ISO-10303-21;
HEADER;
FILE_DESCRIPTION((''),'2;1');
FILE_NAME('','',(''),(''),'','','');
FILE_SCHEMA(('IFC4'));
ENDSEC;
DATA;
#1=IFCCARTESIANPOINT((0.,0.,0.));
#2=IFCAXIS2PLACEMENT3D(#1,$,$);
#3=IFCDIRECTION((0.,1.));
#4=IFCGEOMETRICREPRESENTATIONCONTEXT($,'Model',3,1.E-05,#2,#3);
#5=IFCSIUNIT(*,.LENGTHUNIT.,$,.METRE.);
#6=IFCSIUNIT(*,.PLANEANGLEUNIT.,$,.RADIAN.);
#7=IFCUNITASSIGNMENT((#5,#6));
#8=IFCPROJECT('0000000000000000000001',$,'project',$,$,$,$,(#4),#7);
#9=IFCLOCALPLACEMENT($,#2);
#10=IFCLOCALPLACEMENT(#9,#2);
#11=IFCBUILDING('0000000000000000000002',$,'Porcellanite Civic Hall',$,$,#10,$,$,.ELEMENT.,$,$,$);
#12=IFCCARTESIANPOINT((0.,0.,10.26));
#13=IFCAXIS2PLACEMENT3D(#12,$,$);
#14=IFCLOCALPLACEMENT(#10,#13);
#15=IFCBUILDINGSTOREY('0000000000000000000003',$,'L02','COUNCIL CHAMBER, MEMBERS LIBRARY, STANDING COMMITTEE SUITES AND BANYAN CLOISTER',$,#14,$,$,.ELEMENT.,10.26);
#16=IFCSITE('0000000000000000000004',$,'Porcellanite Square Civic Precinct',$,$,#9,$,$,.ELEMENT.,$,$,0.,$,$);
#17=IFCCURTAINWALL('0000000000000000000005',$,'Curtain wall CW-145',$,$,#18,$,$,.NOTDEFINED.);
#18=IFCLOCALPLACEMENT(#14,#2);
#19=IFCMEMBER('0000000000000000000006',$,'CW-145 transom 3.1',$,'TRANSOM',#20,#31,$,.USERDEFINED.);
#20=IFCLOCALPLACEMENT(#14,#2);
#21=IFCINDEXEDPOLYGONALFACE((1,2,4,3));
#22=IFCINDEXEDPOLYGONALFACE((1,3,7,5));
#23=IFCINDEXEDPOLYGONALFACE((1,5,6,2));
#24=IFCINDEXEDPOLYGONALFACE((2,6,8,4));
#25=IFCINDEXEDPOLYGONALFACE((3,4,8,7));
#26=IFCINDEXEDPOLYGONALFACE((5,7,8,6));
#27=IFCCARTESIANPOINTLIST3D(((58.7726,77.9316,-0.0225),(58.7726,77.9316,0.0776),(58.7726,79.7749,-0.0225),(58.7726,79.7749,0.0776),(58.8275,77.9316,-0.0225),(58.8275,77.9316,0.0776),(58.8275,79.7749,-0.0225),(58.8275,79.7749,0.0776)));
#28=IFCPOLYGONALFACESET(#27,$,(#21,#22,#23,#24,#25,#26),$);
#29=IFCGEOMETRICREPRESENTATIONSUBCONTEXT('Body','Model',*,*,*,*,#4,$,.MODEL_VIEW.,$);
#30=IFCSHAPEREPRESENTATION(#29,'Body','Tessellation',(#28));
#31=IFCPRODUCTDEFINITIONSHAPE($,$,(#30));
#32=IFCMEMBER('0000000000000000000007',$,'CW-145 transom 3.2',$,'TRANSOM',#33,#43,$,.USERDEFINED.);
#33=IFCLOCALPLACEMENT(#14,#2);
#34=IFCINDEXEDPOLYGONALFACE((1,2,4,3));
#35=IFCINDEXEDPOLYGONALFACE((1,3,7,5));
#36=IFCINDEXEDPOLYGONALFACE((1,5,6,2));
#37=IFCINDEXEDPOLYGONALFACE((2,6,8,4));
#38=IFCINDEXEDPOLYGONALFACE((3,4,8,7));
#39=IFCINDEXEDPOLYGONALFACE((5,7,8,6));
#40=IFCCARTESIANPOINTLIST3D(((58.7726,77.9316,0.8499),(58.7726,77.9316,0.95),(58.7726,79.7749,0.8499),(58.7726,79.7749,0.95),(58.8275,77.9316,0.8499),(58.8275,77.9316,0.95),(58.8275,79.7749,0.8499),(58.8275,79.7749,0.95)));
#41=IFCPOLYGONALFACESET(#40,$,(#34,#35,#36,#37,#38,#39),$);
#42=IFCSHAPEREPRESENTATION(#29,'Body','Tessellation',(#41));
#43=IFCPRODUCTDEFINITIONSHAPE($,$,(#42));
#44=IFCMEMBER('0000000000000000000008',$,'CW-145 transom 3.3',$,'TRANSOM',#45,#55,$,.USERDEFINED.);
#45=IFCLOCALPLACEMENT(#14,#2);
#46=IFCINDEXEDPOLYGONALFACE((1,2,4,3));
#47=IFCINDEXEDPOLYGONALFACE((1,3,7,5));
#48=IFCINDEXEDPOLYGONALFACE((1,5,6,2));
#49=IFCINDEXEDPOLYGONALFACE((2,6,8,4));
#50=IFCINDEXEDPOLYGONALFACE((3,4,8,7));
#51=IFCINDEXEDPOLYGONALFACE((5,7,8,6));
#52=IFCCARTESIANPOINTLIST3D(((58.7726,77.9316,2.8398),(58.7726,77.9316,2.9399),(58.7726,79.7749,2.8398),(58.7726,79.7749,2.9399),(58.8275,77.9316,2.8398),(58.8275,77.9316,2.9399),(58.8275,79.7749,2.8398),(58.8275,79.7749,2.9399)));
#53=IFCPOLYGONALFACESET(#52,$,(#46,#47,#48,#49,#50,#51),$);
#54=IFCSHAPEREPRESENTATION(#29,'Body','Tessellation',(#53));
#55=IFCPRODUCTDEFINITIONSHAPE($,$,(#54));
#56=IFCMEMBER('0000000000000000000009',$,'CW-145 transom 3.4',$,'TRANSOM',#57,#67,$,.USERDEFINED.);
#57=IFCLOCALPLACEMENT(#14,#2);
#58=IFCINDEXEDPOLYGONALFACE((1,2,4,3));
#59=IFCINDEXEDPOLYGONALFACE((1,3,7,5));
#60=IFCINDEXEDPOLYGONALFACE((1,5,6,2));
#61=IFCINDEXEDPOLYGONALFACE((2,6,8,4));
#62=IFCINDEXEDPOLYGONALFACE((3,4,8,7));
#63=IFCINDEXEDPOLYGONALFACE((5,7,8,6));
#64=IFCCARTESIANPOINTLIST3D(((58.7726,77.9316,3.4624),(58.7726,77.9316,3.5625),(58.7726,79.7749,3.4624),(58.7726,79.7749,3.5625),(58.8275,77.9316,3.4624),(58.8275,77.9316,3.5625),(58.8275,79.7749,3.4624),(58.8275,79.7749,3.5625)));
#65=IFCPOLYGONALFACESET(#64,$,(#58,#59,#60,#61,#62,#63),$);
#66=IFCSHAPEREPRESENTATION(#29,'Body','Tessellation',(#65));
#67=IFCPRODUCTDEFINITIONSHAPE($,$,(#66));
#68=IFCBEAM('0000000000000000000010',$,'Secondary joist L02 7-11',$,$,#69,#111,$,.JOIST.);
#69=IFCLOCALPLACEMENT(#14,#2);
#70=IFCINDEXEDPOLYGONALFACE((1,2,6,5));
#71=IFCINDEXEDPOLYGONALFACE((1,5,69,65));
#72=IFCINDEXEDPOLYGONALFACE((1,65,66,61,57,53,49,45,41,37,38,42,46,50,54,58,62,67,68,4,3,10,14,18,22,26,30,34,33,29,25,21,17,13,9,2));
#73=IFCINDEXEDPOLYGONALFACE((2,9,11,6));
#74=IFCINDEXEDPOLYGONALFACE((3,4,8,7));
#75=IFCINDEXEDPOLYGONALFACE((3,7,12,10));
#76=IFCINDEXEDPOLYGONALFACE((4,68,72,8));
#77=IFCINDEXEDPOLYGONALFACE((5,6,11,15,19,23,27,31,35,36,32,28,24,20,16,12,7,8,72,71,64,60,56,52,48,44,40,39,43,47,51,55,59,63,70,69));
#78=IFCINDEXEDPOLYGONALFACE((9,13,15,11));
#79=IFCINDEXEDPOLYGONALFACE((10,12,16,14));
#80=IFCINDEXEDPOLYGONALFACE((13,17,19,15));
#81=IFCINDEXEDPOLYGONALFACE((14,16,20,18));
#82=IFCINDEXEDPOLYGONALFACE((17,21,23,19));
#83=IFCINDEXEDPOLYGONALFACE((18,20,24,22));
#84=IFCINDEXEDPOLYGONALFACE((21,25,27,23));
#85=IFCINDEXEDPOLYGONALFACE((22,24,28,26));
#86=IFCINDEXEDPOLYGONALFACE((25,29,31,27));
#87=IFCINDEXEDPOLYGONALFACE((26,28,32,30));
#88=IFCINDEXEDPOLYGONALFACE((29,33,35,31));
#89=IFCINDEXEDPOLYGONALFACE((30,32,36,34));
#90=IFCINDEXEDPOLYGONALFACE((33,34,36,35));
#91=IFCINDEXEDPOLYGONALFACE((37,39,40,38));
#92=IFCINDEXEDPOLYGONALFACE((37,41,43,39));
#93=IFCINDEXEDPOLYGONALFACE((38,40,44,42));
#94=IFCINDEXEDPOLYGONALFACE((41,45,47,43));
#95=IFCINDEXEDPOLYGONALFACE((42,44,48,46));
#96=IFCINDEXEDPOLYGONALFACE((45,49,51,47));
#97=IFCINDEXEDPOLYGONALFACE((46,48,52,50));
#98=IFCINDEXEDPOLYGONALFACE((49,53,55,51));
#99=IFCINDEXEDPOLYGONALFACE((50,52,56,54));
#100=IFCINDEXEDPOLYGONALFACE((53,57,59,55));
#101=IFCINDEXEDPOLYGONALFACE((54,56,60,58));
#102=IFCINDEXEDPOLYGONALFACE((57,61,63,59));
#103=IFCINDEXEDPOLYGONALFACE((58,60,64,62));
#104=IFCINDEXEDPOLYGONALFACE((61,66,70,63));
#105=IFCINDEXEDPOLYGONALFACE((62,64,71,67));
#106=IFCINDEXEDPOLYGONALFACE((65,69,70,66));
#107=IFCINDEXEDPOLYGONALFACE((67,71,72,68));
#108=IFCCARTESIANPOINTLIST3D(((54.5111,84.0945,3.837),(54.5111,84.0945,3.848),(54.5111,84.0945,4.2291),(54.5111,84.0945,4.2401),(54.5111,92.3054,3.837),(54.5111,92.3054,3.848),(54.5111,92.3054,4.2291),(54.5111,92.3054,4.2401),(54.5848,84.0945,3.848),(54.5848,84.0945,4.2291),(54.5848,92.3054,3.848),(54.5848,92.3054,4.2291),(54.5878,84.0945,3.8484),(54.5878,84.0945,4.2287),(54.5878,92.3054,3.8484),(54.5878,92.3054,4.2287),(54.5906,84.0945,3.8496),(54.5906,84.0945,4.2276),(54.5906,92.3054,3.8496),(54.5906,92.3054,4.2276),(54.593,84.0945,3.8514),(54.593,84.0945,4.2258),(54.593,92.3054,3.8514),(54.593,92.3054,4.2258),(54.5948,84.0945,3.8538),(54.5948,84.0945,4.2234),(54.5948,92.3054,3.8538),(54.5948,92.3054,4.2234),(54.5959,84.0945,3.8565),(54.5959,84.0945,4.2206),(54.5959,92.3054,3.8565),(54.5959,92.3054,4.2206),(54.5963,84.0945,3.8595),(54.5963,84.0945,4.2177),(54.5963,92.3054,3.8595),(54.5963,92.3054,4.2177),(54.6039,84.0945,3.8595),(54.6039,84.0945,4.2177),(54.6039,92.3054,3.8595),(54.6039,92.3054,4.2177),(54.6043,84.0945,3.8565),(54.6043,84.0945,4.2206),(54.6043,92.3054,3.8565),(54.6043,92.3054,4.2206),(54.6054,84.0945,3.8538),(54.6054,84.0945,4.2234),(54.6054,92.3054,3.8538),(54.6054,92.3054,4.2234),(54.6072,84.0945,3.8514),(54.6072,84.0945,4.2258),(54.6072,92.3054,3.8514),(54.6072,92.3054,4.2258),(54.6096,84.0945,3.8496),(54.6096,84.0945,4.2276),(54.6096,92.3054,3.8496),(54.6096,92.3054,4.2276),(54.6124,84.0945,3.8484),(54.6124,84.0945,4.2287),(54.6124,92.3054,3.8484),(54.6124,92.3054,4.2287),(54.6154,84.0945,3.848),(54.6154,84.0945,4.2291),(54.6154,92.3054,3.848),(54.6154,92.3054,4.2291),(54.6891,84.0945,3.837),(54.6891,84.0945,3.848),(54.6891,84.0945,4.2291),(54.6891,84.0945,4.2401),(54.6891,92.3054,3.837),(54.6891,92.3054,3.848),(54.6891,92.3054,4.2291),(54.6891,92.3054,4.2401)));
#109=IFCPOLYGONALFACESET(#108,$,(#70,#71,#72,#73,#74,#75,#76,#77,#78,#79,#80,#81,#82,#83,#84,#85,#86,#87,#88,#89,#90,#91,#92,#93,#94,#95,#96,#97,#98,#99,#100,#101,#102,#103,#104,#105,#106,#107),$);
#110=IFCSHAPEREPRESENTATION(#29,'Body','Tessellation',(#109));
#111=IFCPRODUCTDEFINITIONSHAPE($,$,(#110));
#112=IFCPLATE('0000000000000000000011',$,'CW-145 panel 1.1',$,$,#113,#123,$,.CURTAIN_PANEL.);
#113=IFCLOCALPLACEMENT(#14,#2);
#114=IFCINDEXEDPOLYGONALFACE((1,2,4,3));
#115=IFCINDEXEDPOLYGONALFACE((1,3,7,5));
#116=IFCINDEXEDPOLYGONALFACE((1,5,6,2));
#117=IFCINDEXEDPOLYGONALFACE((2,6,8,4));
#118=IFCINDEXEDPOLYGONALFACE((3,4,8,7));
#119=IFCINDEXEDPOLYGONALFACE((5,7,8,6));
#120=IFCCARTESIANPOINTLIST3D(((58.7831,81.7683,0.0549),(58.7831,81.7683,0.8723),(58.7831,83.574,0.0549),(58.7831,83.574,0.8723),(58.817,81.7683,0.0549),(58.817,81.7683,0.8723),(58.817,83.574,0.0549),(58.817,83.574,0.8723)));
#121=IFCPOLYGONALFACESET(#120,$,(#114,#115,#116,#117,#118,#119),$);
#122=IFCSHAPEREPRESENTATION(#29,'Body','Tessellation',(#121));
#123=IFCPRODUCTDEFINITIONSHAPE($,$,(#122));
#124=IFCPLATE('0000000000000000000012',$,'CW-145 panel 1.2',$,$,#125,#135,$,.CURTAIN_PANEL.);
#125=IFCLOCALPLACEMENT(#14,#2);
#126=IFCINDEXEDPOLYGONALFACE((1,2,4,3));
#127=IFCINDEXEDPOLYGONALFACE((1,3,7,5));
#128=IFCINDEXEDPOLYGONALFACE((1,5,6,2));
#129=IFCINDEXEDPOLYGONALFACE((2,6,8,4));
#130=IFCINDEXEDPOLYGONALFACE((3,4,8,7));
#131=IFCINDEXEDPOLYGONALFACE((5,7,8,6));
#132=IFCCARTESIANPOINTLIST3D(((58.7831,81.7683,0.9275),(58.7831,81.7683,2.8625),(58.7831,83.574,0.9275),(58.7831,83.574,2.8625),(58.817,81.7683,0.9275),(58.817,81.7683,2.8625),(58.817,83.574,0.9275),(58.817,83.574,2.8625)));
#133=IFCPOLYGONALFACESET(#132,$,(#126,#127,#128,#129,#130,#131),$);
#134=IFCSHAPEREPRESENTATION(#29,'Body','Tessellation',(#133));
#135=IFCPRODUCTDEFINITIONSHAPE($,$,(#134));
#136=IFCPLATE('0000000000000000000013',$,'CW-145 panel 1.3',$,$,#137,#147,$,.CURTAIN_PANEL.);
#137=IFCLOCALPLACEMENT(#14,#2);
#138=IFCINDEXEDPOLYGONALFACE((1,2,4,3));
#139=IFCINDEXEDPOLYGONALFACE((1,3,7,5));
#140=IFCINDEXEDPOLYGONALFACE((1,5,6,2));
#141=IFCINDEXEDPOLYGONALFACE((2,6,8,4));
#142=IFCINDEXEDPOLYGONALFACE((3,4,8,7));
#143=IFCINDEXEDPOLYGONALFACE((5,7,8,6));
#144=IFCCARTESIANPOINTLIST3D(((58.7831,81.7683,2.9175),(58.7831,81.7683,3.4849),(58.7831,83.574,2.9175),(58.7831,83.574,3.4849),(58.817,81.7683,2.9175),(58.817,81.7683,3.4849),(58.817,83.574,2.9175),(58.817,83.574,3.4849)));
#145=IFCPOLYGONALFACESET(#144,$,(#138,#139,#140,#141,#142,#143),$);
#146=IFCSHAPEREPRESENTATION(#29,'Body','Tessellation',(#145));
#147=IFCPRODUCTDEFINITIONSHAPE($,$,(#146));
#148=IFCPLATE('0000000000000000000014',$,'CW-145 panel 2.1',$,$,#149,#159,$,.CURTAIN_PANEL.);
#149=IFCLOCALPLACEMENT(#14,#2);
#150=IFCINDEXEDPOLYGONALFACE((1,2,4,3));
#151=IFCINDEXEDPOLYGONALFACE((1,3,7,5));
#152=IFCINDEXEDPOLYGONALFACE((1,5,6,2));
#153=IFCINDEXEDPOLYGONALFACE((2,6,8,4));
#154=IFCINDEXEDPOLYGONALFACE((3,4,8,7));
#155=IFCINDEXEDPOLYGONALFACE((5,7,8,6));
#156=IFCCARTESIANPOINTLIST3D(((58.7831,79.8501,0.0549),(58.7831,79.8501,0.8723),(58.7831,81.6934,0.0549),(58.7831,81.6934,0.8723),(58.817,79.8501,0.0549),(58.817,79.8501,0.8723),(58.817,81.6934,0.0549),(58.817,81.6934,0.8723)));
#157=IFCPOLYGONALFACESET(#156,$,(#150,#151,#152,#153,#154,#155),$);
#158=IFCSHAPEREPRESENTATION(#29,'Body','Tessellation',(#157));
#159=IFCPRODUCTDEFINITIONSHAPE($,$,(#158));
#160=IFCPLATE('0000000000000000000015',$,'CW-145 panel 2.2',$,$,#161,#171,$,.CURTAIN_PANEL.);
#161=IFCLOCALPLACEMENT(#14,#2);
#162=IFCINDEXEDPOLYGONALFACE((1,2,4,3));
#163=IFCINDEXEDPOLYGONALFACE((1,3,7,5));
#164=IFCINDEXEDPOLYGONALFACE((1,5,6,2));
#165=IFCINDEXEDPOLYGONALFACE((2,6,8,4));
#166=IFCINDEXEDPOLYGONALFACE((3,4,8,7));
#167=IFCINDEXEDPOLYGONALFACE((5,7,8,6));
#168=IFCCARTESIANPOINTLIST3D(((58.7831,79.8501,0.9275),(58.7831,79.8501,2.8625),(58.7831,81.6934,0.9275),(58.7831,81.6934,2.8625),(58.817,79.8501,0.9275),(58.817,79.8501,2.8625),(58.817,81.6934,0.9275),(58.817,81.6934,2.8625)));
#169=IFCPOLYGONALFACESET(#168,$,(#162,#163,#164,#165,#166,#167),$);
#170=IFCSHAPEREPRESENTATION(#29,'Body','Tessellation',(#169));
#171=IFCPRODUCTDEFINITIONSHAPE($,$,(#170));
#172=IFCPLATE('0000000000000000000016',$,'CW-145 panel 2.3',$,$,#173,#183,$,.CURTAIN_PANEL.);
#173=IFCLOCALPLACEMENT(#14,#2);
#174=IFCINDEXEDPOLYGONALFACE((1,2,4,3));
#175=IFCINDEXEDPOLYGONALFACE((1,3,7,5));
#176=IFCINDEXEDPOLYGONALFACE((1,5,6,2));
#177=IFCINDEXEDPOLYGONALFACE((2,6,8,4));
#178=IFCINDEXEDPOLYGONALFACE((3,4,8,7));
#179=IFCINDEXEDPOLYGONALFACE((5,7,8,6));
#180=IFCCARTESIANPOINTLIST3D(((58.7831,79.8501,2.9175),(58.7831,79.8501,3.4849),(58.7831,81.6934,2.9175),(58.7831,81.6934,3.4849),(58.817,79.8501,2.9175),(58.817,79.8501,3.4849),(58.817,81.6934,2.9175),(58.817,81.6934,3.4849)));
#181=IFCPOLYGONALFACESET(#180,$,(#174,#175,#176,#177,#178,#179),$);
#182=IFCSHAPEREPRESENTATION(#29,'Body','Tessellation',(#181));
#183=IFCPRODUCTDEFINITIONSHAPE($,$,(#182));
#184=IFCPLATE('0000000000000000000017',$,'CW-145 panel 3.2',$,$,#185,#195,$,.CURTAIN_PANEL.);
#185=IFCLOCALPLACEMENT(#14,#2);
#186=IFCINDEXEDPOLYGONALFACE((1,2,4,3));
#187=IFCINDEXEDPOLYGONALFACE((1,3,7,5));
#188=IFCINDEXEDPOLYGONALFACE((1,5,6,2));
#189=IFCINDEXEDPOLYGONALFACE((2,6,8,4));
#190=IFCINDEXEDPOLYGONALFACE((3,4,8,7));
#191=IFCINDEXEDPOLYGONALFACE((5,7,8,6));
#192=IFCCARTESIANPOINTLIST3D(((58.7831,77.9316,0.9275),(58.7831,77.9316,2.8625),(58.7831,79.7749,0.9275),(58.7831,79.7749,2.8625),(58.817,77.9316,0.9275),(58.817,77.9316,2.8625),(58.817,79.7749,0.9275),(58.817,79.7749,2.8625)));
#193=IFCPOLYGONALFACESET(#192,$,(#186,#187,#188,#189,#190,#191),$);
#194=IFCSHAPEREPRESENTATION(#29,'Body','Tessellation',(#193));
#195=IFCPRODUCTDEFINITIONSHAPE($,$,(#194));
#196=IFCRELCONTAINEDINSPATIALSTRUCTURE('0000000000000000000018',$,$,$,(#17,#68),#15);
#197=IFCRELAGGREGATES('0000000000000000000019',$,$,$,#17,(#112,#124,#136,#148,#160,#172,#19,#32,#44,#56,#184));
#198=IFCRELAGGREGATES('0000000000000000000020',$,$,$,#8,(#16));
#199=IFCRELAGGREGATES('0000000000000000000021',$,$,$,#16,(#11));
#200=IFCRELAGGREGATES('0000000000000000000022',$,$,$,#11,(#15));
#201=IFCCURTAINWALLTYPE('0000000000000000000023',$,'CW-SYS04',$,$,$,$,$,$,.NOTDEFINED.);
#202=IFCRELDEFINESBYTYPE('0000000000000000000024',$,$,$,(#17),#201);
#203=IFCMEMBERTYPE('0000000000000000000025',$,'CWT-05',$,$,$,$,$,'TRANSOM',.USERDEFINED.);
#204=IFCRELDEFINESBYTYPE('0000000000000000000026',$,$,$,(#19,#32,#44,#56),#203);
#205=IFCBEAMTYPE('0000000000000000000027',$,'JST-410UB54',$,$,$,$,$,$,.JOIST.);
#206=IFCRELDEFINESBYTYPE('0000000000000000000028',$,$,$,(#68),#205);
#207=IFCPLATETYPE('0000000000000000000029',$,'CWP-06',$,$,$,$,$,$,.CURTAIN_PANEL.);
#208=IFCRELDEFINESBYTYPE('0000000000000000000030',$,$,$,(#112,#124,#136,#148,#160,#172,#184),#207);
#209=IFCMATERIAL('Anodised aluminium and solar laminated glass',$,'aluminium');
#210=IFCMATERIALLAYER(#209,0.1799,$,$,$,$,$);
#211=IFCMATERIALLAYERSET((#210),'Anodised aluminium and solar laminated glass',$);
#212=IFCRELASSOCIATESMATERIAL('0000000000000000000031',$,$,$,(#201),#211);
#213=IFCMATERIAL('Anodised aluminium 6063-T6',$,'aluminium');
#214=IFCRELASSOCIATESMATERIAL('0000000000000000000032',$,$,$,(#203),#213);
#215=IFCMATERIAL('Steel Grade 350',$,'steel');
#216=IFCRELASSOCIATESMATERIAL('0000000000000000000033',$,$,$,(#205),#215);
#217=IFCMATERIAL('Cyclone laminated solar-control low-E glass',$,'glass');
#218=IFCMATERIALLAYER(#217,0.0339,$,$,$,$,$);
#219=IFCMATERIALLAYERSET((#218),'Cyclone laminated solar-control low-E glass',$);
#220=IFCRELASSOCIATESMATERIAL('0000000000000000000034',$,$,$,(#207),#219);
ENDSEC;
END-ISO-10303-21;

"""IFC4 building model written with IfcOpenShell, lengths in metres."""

from ifc_helpers import new_model, si_unit, direction, frame, origin, origin_2d, place, context, subcontext, project, spatial, rectangle, i_section, extrude, material, layer, layer_set, material_profile, profile_set, type_object, element, aggregate, save


model = new_model("IFC4")

# Units and contexts
model_context = context("Model", 3, precision=1e-05, world=origin(), true_north=direction((0.0, 1.0)))
body_context = subcontext(model_context, "Body", "Model", "MODEL_VIEW")
ifc_project = project(units=[si_unit("LENGTHUNIT", "METRE"), si_unit("PLANEANGLEUNIT", "RADIAN")], contexts=[model_context])

# Site, building, storey
site_placement = place(None, origin())
site = spatial("IfcSite", under=ifc_project, at=site_placement, Name="Porcellanite Square Civic Precinct", CompositionType="ELEMENT", RefElevation=0.0)
building_placement = place(site_placement, origin())
building = spatial("IfcBuilding", under=site, at=building_placement, Name="Porcellanite Civic Hall", CompositionType="ELEMENT")
storey_placement = place(building_placement, frame((0.0, 0.0, 10.26)))
storey = spatial("IfcBuildingStorey", under=building, at=storey_placement, Name="L02", Description="COUNCIL CHAMBER, MEMBERS LIBRARY, STANDING COMMITTEE SUITES AND BANYAN CLOISTER", CompositionType="ELEMENT", Elevation=10.26)

# Curtain wall
ifc_material_1 = material(Name="Anodised aluminium and solar laminated glass", Category="aluminium")
ifc_layer_1 = layer(ifc_material_1, 0.1799)
ifc_layer_set_1 = layer_set([ifc_layer_1], Name="Anodised aluminium and solar laminated glass")
curtain_wall_type_1 = type_object("IfcCurtainWallType", Name="CW-SYS04", PredefinedType="NOTDEFINED", material=ifc_layer_set_1)
curtain_wall_1_placement = place(storey_placement, origin())
curtain_wall_1 = element("IfcCurtainWall", 1, at=curtain_wall_1_placement, inside=storey, type_object=curtain_wall_type_1, Name="Curtain wall CW-145", PredefinedType="NOTDEFINED")

# Members
ifc_material_2 = material(Name="Anodised aluminium 6063-T6", Category="aluminium")
ifc_material_profile_1 = material_profile(ifc_material_2, rectangle(XDim=0.0549, YDim=0.1001, at=origin_2d()), Name="AL-55x100")
ifc_profile_set_1 = profile_set([ifc_material_profile_1], Name="Anodised aluminium 6063-T6")
member_type_1 = type_object("IfcMemberType", Name="CWT-05", ElementType="TRANSOM", PredefinedType="USERDEFINED", material=ifc_profile_set_1)
member_1_placement = place(storey_placement, frame((58.8, 79.7749, 0.0276), z_axis=(0.0, -1.0, 0.0), x_axis=(1.0, 0.0, 0.0)))
member_1 = element("IfcMember", 2, at=member_1_placement, type_object=member_type_1, Name="CW-145 transom 3.1", ObjectType="TRANSOM", PredefinedType="USERDEFINED", context=body_context, shape_type="SweptSolid", body=[
    extrude(rectangle(XDim=0.0549, YDim=0.1001, at=origin_2d()), origin(), (0.0, 0.0, 1.0), 1.8433),
])
member_2_placement = place(storey_placement, frame((58.8, 79.7749, 0.8999), z_axis=(0.0, -1.0, 0.0), x_axis=(1.0, 0.0, 0.0)))
member_2 = element("IfcMember", 3, at=member_2_placement, type_object=member_type_1, Name="CW-145 transom 3.2", ObjectType="TRANSOM", PredefinedType="USERDEFINED", context=body_context, shape_type="SweptSolid", body=[
    extrude(rectangle(XDim=0.0549, YDim=0.1001, at=origin_2d()), origin(), (0.0, 0.0, 1.0), 1.8433),
])
member_3_placement = place(storey_placement, frame((58.8, 79.7749, 2.8899), z_axis=(0.0, -1.0, 0.0), x_axis=(1.0, 0.0, 0.0)))
member_3 = element("IfcMember", 4, at=member_3_placement, type_object=member_type_1, Name="CW-145 transom 3.3", ObjectType="TRANSOM", PredefinedType="USERDEFINED", context=body_context, shape_type="SweptSolid", body=[
    extrude(rectangle(XDim=0.0549, YDim=0.1001, at=origin_2d()), origin(), (0.0, 0.0, 1.0), 1.8433),
])
member_4_placement = place(storey_placement, frame((58.8, 79.7749, 3.5125), z_axis=(0.0, -1.0, 0.0), x_axis=(1.0, 0.0, 0.0)))
member_4 = element("IfcMember", 5, at=member_4_placement, type_object=member_type_1, Name="CW-145 transom 3.4", ObjectType="TRANSOM", PredefinedType="USERDEFINED", context=body_context, shape_type="SweptSolid", body=[
    extrude(rectangle(XDim=0.0549, YDim=0.1001, at=origin_2d()), origin(), (0.0, 0.0, 1.0), 1.8433),
])

# Beam
ifc_material_3 = material(Name="Steel Grade 350", Category="steel")
ifc_material_profile_2 = material_profile(ifc_material_3, i_section(OverallWidth=0.178, OverallDepth=0.4031, WebThickness=0.0076, FlangeThickness=0.011, FilletRadius=0.0115, at=origin_2d()), Name="410UB53.7")
ifc_profile_set_2 = profile_set([ifc_material_profile_2], Name="Steel Grade 350")
beam_type_1 = type_object("IfcBeamType", Name="JST-410UB54", PredefinedType="JOIST", material=ifc_profile_set_2)
beam_1_placement = place(storey_placement, frame((54.6001, 84.0945, 4.0386), z_axis=(0.0, 1.0, 0.0), x_axis=(-1.0, 0.0, 0.0)))
element("IfcBeam", 6, at=beam_1_placement, inside=storey, type_object=beam_type_1, Name="Secondary joist L02 7-11", PredefinedType="JOIST", context=body_context, shape_type="SweptSolid", body=[
    extrude(i_section(OverallWidth=0.178, OverallDepth=0.4031, WebThickness=0.0076, FlangeThickness=0.011, FilletRadius=0.0115, at=origin_2d()), origin(), (0.0, 0.0, 1.0), 8.2109),
])

# Plates
ifc_material_4 = material(Name="Cyclone laminated solar-control low-E glass", Category="glass")
ifc_layer_2 = layer(ifc_material_4, 0.0339)
ifc_layer_set_2 = layer_set([ifc_layer_2], Name="Cyclone laminated solar-control low-E glass")
plate_type = type_object("IfcPlateType", Name="CWP-06", PredefinedType="CURTAIN_PANEL", material=ifc_layer_set_2)
plate_1_placement = place(storey_placement, frame((58.8, 82.6711, 0.0549), z_axis=(0.0, 0.0, 1.0), x_axis=(0.0, -1.0, 0.0)))
plate_1 = element("IfcPlate", 7, at=plate_1_placement, type_object=plate_type, Name="CW-145 panel 1.1", PredefinedType="CURTAIN_PANEL", context=body_context, shape_type="SweptSolid", body=[
    extrude(rectangle(XDim=1.8057, YDim=0.0339, at=origin_2d()), origin(), (0.0, 0.0, 1.0), 0.8174),
])
plate_2_placement = place(storey_placement, frame((58.8, 82.6711, 0.9275), z_axis=(0.0, 0.0, 1.0), x_axis=(0.0, -1.0, 0.0)))
plate_2 = element("IfcPlate", 8, at=plate_2_placement, type_object=plate_type, Name="CW-145 panel 1.2", PredefinedType="CURTAIN_PANEL", context=body_context, shape_type="SweptSolid", body=[
    extrude(rectangle(XDim=1.8057, YDim=0.0339, at=origin_2d()), origin(), (0.0, 0.0, 1.0), 1.9351),
])
plate_3_placement = place(storey_placement, frame((58.8, 82.6711, 2.9175), z_axis=(0.0, 0.0, 1.0), x_axis=(0.0, -1.0, 0.0)))
plate_3 = element("IfcPlate", 9, at=plate_3_placement, type_object=plate_type, Name="CW-145 panel 1.3", PredefinedType="CURTAIN_PANEL", context=body_context, shape_type="SweptSolid", body=[
    extrude(rectangle(XDim=1.8057, YDim=0.0339, at=origin_2d()), origin(), (0.0, 0.0, 1.0), 0.5674),
])
plate_4_placement = place(storey_placement, frame((58.8, 80.7717, 0.0549), z_axis=(0.0, 0.0, 1.0), x_axis=(0.0, -1.0, 0.0)))
plate_4 = element("IfcPlate", 10, at=plate_4_placement, type_object=plate_type, Name="CW-145 panel 2.1", PredefinedType="CURTAIN_PANEL", context=body_context, shape_type="SweptSolid", body=[
    extrude(rectangle(XDim=1.8433, YDim=0.0339, at=origin_2d()), origin(), (0.0, 0.0, 1.0), 0.8174),
])
plate_5_placement = place(storey_placement, frame((58.8, 80.7717, 0.9275), z_axis=(0.0, 0.0, 1.0), x_axis=(0.0, -1.0, 0.0)))
plate_5 = element("IfcPlate", 11, at=plate_5_placement, type_object=plate_type, Name="CW-145 panel 2.2", PredefinedType="CURTAIN_PANEL", context=body_context, shape_type="SweptSolid", body=[
    extrude(rectangle(XDim=1.8433, YDim=0.0339, at=origin_2d()), origin(), (0.0, 0.0, 1.0), 1.9351),
])
plate_6_placement = place(storey_placement, frame((58.8, 80.7717, 2.9175), z_axis=(0.0, 0.0, 1.0), x_axis=(0.0, -1.0, 0.0)))
plate_6 = element("IfcPlate", 12, at=plate_6_placement, type_object=plate_type, Name="CW-145 panel 2.3", PredefinedType="CURTAIN_PANEL", context=body_context, shape_type="SweptSolid", body=[
    extrude(rectangle(XDim=1.8433, YDim=0.0339, at=origin_2d()), origin(), (0.0, 0.0, 1.0), 0.5674),
])
plate_7_placement = place(storey_placement, frame((58.8, 78.8533, 0.9275), z_axis=(0.0, 0.0, 1.0), x_axis=(0.0, -1.0, 0.0)))
plate_7 = element("IfcPlate", 13, at=plate_7_placement, type_object=plate_type, Name="CW-145 panel 3.2", PredefinedType="CURTAIN_PANEL", context=body_context, shape_type="SweptSolid", body=[
    extrude(rectangle(XDim=1.8433, YDim=0.0339, at=origin_2d()), origin(), (0.0, 0.0, 1.0), 1.9351),
])
aggregate(curtain_wall_1, [plate_1, plate_2, plate_3, plate_4, plate_5, plate_6, member_1, member_2, member_3, member_4, plate_7])

save(model, "model.ifc")
